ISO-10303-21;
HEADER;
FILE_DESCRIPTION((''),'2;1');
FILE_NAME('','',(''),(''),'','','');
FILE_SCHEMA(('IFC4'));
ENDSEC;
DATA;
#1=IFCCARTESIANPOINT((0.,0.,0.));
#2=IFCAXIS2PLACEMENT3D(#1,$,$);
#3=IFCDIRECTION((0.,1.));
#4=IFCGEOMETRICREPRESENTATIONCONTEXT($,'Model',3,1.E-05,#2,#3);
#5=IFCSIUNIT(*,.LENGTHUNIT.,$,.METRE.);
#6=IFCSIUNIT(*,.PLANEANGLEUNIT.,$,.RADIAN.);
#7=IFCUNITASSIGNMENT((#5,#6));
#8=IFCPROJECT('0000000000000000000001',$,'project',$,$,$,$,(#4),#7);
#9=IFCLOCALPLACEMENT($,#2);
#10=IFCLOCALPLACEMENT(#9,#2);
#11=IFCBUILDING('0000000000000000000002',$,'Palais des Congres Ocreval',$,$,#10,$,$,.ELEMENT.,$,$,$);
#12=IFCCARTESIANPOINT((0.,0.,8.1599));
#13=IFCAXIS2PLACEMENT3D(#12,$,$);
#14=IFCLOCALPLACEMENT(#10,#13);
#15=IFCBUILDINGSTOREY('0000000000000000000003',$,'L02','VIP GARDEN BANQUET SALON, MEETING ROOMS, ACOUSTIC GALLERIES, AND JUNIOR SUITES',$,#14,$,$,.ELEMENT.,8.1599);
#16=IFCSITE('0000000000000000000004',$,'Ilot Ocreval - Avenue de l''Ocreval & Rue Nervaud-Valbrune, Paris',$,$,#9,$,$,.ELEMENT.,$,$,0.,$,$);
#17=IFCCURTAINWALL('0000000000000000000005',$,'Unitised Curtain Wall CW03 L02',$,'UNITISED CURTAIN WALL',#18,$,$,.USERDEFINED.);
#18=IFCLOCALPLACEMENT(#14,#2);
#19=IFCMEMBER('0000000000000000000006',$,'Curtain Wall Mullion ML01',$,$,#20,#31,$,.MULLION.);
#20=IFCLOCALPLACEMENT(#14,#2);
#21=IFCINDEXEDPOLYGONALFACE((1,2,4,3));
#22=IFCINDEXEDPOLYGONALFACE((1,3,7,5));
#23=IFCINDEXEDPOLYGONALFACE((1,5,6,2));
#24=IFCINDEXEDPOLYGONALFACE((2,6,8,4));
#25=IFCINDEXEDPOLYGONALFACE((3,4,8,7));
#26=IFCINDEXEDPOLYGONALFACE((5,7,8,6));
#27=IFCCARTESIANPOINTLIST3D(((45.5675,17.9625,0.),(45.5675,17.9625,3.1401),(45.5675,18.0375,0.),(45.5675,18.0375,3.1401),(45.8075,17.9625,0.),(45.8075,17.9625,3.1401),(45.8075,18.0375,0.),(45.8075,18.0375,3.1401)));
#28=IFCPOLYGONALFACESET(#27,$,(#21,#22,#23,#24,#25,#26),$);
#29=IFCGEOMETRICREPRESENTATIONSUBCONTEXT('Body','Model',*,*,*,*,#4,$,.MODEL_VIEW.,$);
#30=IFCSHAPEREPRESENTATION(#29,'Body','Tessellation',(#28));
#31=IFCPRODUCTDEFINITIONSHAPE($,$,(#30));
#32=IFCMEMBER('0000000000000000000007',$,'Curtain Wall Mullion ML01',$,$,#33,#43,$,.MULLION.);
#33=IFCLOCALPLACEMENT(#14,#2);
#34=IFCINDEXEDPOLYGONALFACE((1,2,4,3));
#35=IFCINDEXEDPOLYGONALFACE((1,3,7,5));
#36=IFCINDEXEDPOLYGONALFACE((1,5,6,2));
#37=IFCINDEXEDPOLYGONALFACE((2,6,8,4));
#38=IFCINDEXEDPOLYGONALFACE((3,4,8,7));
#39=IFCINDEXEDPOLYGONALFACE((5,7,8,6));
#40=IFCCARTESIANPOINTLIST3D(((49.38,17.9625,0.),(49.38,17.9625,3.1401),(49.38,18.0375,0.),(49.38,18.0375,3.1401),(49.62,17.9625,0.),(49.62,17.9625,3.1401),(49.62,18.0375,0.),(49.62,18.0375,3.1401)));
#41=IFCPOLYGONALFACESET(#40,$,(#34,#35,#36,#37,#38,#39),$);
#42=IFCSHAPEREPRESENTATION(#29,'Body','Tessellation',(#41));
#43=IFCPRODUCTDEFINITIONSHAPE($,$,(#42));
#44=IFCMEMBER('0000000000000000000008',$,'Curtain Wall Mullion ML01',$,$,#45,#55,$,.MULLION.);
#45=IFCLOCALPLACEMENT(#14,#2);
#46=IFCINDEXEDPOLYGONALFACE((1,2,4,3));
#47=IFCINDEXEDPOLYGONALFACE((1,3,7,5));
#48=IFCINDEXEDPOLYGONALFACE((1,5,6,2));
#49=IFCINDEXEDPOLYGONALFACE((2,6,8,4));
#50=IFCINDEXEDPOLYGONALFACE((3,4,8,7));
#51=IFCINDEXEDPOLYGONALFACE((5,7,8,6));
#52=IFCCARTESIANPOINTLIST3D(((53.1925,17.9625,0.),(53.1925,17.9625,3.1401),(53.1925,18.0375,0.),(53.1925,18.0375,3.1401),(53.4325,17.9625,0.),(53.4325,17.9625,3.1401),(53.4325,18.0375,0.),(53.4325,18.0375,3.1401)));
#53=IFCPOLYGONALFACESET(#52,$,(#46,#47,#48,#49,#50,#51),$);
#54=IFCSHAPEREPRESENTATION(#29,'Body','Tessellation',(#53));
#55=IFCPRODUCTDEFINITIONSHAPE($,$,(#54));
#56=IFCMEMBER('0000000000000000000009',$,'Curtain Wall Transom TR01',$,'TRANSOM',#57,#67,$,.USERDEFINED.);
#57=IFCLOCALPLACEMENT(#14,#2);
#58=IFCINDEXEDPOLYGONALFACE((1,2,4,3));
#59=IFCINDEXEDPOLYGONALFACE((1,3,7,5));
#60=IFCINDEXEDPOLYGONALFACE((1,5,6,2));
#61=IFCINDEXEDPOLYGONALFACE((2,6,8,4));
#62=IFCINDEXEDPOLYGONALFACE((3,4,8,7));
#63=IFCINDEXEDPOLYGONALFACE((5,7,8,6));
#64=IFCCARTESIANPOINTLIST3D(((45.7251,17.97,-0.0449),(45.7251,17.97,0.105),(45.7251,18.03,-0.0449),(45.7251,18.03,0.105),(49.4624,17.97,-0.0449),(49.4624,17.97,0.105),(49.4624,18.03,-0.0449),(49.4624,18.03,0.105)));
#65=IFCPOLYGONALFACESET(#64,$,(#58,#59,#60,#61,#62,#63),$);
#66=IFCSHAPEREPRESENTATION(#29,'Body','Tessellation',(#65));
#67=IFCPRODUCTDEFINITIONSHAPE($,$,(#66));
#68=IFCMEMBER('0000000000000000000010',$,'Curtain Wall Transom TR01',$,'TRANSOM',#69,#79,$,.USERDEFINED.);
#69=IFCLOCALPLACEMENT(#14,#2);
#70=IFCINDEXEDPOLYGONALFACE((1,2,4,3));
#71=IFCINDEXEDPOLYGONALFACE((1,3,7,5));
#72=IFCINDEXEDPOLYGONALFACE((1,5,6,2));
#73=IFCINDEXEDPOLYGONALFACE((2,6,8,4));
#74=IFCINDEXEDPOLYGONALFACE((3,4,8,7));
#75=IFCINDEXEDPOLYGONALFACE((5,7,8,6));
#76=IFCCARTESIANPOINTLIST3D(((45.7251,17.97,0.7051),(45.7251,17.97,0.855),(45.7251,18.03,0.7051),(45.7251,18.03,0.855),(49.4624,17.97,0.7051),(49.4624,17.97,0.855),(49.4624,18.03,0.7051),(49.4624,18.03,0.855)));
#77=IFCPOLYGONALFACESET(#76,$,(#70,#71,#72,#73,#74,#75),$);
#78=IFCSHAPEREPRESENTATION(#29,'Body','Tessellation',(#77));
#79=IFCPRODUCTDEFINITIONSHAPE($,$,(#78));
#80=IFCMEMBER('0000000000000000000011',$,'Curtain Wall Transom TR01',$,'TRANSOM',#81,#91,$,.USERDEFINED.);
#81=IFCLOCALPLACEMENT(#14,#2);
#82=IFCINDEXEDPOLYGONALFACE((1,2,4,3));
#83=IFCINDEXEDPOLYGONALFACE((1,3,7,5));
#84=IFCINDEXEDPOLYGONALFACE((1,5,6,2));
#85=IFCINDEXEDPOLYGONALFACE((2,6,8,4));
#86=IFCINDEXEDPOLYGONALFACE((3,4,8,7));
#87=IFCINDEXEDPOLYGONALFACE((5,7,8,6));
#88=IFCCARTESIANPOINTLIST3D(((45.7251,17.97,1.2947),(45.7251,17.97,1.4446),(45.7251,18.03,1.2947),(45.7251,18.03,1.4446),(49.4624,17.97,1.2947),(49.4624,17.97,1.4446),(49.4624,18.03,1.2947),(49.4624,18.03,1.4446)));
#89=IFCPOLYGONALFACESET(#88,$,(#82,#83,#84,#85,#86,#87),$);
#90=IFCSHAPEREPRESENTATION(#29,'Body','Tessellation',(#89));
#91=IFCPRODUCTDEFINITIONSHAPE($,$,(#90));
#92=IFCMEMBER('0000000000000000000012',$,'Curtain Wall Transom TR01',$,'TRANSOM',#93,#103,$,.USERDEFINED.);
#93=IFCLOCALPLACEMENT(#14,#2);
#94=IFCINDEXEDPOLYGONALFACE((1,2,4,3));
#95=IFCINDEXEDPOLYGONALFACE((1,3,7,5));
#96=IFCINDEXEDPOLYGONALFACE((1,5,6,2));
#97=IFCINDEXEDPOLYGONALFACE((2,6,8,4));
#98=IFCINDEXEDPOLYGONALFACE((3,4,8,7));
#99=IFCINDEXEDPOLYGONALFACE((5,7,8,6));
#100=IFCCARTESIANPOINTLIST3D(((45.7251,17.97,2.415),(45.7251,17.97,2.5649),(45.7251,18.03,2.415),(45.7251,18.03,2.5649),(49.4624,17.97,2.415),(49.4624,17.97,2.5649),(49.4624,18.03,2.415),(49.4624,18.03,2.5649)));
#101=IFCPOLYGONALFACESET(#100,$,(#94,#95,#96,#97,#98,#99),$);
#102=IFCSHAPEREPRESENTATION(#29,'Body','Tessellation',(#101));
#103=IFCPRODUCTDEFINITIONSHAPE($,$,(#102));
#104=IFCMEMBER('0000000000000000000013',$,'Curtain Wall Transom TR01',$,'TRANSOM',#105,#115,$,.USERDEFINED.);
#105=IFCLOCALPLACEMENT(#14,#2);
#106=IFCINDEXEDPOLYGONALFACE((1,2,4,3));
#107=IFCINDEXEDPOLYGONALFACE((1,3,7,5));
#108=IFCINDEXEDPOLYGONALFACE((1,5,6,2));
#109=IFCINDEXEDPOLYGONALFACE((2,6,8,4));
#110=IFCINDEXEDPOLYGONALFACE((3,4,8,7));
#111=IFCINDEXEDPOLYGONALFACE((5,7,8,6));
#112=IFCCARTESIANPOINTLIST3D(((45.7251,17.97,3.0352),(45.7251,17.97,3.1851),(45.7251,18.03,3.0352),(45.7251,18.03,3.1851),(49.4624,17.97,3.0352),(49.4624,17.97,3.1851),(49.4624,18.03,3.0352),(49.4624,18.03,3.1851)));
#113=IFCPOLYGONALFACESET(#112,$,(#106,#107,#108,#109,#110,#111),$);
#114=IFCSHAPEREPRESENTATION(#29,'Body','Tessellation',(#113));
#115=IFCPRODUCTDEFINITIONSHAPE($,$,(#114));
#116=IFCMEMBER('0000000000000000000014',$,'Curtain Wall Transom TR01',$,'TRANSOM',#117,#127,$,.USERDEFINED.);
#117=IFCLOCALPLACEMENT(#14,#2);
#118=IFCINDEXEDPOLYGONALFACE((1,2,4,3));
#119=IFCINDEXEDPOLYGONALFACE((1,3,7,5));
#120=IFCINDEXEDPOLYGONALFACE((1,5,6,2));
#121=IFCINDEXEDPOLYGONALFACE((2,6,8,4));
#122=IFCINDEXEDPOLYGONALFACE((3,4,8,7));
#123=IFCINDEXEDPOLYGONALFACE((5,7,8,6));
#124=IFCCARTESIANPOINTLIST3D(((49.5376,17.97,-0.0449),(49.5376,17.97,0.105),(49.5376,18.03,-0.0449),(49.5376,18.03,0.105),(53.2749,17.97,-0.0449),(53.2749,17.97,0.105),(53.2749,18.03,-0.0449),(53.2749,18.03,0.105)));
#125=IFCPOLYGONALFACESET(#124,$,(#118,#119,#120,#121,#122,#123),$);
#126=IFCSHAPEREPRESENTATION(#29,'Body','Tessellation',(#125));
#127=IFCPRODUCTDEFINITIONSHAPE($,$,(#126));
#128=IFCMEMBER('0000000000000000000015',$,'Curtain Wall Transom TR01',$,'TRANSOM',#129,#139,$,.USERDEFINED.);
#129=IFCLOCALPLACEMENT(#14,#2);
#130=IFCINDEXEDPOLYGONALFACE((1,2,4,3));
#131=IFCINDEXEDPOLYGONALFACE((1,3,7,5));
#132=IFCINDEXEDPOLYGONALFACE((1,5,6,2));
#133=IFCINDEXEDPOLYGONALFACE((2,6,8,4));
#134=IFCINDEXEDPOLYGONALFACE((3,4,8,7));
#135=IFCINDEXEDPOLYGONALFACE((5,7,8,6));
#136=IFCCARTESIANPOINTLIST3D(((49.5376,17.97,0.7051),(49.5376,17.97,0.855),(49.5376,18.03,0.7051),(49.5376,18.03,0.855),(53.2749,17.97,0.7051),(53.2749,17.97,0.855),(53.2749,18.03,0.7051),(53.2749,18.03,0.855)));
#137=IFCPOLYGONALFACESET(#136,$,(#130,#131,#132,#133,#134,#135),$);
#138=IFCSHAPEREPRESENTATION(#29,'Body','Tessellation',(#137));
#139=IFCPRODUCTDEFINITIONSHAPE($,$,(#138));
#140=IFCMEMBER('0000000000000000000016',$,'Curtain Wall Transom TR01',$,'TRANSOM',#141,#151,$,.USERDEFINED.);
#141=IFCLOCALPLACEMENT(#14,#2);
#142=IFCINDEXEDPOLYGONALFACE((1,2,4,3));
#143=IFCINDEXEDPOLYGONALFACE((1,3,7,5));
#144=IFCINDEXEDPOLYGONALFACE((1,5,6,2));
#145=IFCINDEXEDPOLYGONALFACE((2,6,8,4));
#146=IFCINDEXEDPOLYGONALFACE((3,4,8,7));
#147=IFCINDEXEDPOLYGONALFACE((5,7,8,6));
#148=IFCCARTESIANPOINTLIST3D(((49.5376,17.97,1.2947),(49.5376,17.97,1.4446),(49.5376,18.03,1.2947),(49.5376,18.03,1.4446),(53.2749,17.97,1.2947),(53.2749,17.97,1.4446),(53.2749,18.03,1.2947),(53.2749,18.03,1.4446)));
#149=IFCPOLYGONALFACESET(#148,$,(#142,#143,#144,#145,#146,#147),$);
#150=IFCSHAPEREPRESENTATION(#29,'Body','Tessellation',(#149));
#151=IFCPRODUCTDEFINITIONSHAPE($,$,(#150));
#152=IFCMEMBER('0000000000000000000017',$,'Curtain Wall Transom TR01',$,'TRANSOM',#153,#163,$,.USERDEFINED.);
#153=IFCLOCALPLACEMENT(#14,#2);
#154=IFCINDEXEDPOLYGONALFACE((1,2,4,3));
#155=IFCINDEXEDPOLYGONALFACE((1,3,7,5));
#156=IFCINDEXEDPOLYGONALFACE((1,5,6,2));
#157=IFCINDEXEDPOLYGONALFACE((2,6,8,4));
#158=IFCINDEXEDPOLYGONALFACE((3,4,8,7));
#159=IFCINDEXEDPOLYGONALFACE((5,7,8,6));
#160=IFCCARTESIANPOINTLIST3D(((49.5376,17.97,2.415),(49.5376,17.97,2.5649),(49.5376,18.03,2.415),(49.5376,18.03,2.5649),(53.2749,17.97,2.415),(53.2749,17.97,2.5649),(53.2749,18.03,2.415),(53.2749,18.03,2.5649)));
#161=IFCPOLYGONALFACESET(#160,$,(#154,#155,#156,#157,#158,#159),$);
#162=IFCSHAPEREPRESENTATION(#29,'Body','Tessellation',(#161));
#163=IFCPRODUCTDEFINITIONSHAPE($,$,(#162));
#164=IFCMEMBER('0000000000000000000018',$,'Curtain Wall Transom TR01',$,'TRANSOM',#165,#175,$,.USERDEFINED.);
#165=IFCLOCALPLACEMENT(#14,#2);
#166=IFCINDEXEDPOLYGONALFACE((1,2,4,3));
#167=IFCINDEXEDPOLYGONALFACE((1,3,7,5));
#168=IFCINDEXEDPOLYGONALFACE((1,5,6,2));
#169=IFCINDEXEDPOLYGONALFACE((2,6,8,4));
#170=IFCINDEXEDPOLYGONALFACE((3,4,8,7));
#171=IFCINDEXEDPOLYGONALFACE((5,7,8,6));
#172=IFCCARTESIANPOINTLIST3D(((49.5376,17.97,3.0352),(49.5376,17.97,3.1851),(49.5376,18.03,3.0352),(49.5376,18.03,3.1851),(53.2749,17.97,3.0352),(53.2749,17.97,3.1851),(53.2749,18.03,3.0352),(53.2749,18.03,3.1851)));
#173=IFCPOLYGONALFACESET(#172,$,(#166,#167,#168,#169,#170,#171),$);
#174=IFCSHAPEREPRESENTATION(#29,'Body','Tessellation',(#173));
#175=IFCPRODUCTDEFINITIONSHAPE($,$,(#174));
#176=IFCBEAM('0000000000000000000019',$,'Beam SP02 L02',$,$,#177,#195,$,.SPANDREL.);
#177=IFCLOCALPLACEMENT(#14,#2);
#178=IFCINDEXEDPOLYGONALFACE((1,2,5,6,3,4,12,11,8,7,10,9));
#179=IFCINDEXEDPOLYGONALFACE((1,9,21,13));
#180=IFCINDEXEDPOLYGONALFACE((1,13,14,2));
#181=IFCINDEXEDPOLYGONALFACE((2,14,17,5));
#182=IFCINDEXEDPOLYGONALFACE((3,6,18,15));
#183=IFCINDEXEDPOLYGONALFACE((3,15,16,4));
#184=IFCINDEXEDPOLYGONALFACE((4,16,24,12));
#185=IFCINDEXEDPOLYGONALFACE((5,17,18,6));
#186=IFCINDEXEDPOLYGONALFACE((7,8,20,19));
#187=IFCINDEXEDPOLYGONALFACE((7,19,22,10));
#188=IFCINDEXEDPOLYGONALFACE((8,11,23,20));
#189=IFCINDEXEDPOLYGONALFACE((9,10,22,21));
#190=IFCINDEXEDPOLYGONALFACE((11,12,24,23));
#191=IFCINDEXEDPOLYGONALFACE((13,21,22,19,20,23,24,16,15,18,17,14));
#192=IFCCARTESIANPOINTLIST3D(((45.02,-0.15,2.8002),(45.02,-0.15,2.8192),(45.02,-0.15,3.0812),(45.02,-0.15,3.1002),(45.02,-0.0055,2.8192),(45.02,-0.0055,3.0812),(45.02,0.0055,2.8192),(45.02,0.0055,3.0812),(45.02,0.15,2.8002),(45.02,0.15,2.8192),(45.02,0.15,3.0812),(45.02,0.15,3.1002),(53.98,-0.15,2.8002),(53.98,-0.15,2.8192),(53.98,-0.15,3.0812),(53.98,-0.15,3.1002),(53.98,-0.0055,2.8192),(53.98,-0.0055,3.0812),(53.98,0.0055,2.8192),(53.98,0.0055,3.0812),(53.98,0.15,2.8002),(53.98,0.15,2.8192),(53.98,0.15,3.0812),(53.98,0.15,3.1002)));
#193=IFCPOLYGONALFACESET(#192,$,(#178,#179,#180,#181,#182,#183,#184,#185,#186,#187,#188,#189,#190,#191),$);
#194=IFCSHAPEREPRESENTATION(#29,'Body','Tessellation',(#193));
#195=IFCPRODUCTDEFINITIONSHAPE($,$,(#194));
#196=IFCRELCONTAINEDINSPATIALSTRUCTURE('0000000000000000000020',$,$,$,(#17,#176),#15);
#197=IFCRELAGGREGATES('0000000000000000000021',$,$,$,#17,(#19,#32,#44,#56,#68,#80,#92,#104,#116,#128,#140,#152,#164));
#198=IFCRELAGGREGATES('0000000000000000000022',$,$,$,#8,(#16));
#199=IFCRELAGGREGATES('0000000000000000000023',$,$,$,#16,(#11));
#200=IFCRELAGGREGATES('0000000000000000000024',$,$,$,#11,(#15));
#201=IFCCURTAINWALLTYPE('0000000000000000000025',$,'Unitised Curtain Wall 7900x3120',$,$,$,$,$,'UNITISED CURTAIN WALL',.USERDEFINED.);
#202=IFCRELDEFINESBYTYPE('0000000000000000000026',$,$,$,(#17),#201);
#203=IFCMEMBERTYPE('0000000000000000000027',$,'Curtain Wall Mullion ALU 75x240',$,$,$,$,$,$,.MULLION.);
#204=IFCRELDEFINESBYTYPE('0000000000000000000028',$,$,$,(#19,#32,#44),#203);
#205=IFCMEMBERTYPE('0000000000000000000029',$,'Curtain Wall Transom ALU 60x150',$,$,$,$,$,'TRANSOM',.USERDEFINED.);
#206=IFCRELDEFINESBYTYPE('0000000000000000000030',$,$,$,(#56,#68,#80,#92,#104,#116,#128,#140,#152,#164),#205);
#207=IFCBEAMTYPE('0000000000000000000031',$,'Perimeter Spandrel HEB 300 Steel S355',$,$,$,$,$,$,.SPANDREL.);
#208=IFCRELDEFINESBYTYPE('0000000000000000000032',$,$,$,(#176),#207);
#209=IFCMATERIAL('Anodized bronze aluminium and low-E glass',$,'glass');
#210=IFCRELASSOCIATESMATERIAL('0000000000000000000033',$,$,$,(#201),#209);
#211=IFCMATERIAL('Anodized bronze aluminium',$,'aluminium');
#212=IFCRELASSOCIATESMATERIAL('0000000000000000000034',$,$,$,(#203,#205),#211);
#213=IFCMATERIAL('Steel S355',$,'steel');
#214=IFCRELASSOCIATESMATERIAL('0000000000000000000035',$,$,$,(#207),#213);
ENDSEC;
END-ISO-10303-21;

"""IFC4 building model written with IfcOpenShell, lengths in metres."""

from ifc_helpers import new_model, si_unit, direction, frame, origin, origin_2d, place, context, subcontext, project, spatial, rectangle, i_section, extrude, material, material_profile, profile_set, type_object, element, aggregate, save


model = new_model("IFC4")

# Units and contexts
model_context = context("Model", 3, precision=1e-05, world=origin(), true_north=direction((0.0, 1.0)))
body_context = subcontext(model_context, "Body", "Model", "MODEL_VIEW")
ifc_project = project(units=[si_unit("LENGTHUNIT", "METRE"), si_unit("PLANEANGLEUNIT", "RADIAN")], contexts=[model_context])

# Site, building, storey
site_placement = place(None, origin())
site = spatial("IfcSite", under=ifc_project, at=site_placement, Name="Ilot Ocreval - Avenue de l'Ocreval & Rue Nervaud-Valbrune, Paris", CompositionType="ELEMENT", RefElevation=0.0)
building_placement = place(site_placement, origin())
building = spatial("IfcBuilding", under=site, at=building_placement, Name="Palais des Congres Ocreval", CompositionType="ELEMENT")
storey_placement = place(building_placement, frame((0.0, 0.0, 8.1599)))
storey = spatial("IfcBuildingStorey", under=building, at=storey_placement, Name="L02", Description="VIP GARDEN BANQUET SALON, MEETING ROOMS, ACOUSTIC GALLERIES, AND JUNIOR SUITES", CompositionType="ELEMENT", Elevation=8.1599)

# Curtain wall, members
ifc_material_1 = material(Name="Anodized bronze aluminium and low-E glass", Category="glass")
curtain_wall_type = type_object("IfcCurtainWallType", Name="Unitised Curtain Wall 7900x3120", ElementType="UNITISED CURTAIN WALL", PredefinedType="USERDEFINED", material=ifc_material_1)
curtain_wall_placement = place(storey_placement, origin())
curtain_wall = element("IfcCurtainWall", 1, at=curtain_wall_placement, inside=storey, type_object=curtain_wall_type, Name="Unitised Curtain Wall CW03 L02", ObjectType="UNITISED CURTAIN WALL", PredefinedType="USERDEFINED")
ifc_material_2 = material(Name="Anodized bronze aluminium", Category="aluminium")
ifc_material_profile_1 = material_profile(ifc_material_2, rectangle(XDim=0.075, YDim=0.24, at=origin_2d()), Name="ALU 75x240")
ifc_profile_set_1 = profile_set([ifc_material_profile_1], Name="Anodized bronze aluminium")
member_type_1 = type_object("IfcMemberType", Name="Curtain Wall Mullion ALU 75x240", PredefinedType="MULLION", material=ifc_profile_set_1)
member_1_placement = place(storey_placement, frame((45.6875, 18.0, 0.0), z_axis=(0.0, 0.0, 1.0), x_axis=(0.0, 1.0, 0.0)))
member_1 = element("IfcMember", 2, at=member_1_placement, type_object=member_type_1, Name="Curtain Wall Mullion ML01", PredefinedType="MULLION", context=body_context, shape_type="SweptSolid", body=[
    extrude(rectangle(XDim=0.075, YDim=0.24, at=origin_2d()), origin(), (0.0, 0.0, 1.0), 3.1401),
])
member_2_placement = place(storey_placement, frame((49.5, 18.0, 0.0), z_axis=(0.0, 0.0, 1.0), x_axis=(0.0, 1.0, 0.0)))
member_2 = element("IfcMember", 3, at=member_2_placement, type_object=member_type_1, Name="Curtain Wall Mullion ML01", PredefinedType="MULLION", context=body_context, shape_type="SweptSolid", body=[
    extrude(rectangle(XDim=0.075, YDim=0.24, at=origin_2d()), origin(), (0.0, 0.0, 1.0), 3.1401),
])
member_3_placement = place(storey_placement, frame((53.3125, 18.0, 0.0), z_axis=(0.0, 0.0, 1.0), x_axis=(0.0, 1.0, 0.0)))
member_3 = element("IfcMember", 4, at=member_3_placement, type_object=member_type_1, Name="Curtain Wall Mullion ML01", PredefinedType="MULLION", context=body_context, shape_type="SweptSolid", body=[
    extrude(rectangle(XDim=0.075, YDim=0.24, at=origin_2d()), origin(), (0.0, 0.0, 1.0), 3.1401),
])
ifc_material_profile_2 = material_profile(ifc_material_2, rectangle(XDim=0.0601, YDim=0.1499, at=origin_2d()), Name="ALU 60x150")
ifc_profile_set_2 = profile_set([ifc_material_profile_2], Name="Anodized bronze aluminium")
member_type_2 = type_object("IfcMemberType", Name="Curtain Wall Transom ALU 60x150", ElementType="TRANSOM", PredefinedType="USERDEFINED", material=ifc_profile_set_2)
member_4_placement = place(storey_placement, frame((45.7251, 18.0, 0.03), z_axis=(1.0, 0.0, 0.0), x_axis=(0.0, 1.0, 0.0)))
member_4 = element("IfcMember", 5, at=member_4_placement, type_object=member_type_2, Name="Curtain Wall Transom TR01", ObjectType="TRANSOM", PredefinedType="USERDEFINED", context=body_context, shape_type="SweptSolid", body=[
    extrude(rectangle(XDim=0.0601, YDim=0.1499, at=origin_2d()), origin(), (0.0, 0.0, 1.0), 3.7373),
])
member_5_placement = place(storey_placement, frame((45.7251, 18.0, 0.78), z_axis=(1.0, 0.0, 0.0), x_axis=(0.0, 1.0, 0.0)))
member_5 = element("IfcMember", 6, at=member_5_placement, type_object=member_type_2, Name="Curtain Wall Transom TR01", ObjectType="TRANSOM", PredefinedType="USERDEFINED", context=body_context, shape_type="SweptSolid", body=[
    extrude(rectangle(XDim=0.0601, YDim=0.1499, at=origin_2d()), origin(), (0.0, 0.0, 1.0), 3.7373),
])
member_6_placement = place(storey_placement, frame((45.7251, 18.0, 1.3696), z_axis=(1.0, 0.0, 0.0), x_axis=(0.0, 1.0, 0.0)))
member_6 = element("IfcMember", 7, at=member_6_placement, type_object=member_type_2, Name="Curtain Wall Transom TR01", ObjectType="TRANSOM", PredefinedType="USERDEFINED", context=body_context, shape_type="SweptSolid", body=[
    extrude(rectangle(XDim=0.0601, YDim=0.1499, at=origin_2d()), origin(), (0.0, 0.0, 1.0), 3.7373),
])
member_7_placement = place(storey_placement, frame((45.7251, 18.0, 2.49), z_axis=(1.0, 0.0, 0.0), x_axis=(0.0, 1.0, 0.0)))
member_7 = element("IfcMember", 8, at=member_7_placement, type_object=member_type_2, Name="Curtain Wall Transom TR01", ObjectType="TRANSOM", PredefinedType="USERDEFINED", context=body_context, shape_type="SweptSolid", body=[
    extrude(rectangle(XDim=0.0601, YDim=0.1499, at=origin_2d()), origin(), (0.0, 0.0, 1.0), 3.7373),
])
member_8_placement = place(storey_placement, frame((45.7251, 18.0, 3.1101), z_axis=(1.0, 0.0, 0.0), x_axis=(0.0, 1.0, 0.0)))
member_8 = element("IfcMember", 9, at=member_8_placement, type_object=member_type_2, Name="Curtain Wall Transom TR01", ObjectType="TRANSOM", PredefinedType="USERDEFINED", context=body_context, shape_type="SweptSolid", body=[
    extrude(rectangle(XDim=0.0601, YDim=0.1499, at=origin_2d()), origin(), (0.0, 0.0, 1.0), 3.7373),
])
member_9_placement = place(storey_placement, frame((49.5376, 18.0, 0.03), z_axis=(1.0, 0.0, 0.0), x_axis=(0.0, 1.0, 0.0)))
member_9 = element("IfcMember", 10, at=member_9_placement, type_object=member_type_2, Name="Curtain Wall Transom TR01", ObjectType="TRANSOM", PredefinedType="USERDEFINED", context=body_context, shape_type="SweptSolid", body=[
    extrude(rectangle(XDim=0.0601, YDim=0.1499, at=origin_2d()), origin(), (0.0, 0.0, 1.0), 3.7373),
])
member_10_placement = place(storey_placement, frame((49.5376, 18.0, 0.78), z_axis=(1.0, 0.0, 0.0), x_axis=(0.0, 1.0, 0.0)))
member_10 = element("IfcMember", 11, at=member_10_placement, type_object=member_type_2, Name="Curtain Wall Transom TR01", ObjectType="TRANSOM", PredefinedType="USERDEFINED", context=body_context, shape_type="SweptSolid", body=[
    extrude(rectangle(XDim=0.0601, YDim=0.1499, at=origin_2d()), origin(), (0.0, 0.0, 1.0), 3.7373),
])
member_11_placement = place(storey_placement, frame((49.5376, 18.0, 1.3696), z_axis=(1.0, 0.0, 0.0), x_axis=(0.0, 1.0, 0.0)))
member_11 = element("IfcMember", 12, at=member_11_placement, type_object=member_type_2, Name="Curtain Wall Transom TR01", ObjectType="TRANSOM", PredefinedType="USERDEFINED", context=body_context, shape_type="SweptSolid", body=[
    extrude(rectangle(XDim=0.0601, YDim=0.1499, at=origin_2d()), origin(), (0.0, 0.0, 1.0), 3.7373),
])
member_12_placement = place(storey_placement, frame((49.5376, 18.0, 2.49), z_axis=(1.0, 0.0, 0.0), x_axis=(0.0, 1.0, 0.0)))
member_12 = element("IfcMember", 13, at=member_12_placement, type_object=member_type_2, Name="Curtain Wall Transom TR01", ObjectType="TRANSOM", PredefinedType="USERDEFINED", context=body_context, shape_type="SweptSolid", body=[
    extrude(rectangle(XDim=0.0601, YDim=0.1499, at=origin_2d()), origin(), (0.0, 0.0, 1.0), 3.7373),
])
member_13_placement = place(storey_placement, frame((49.5376, 18.0, 3.1101), z_axis=(1.0, 0.0, 0.0), x_axis=(0.0, 1.0, 0.0)))
member_13 = element("IfcMember", 14, at=member_13_placement, type_object=member_type_2, Name="Curtain Wall Transom TR01", ObjectType="TRANSOM", PredefinedType="USERDEFINED", context=body_context, shape_type="SweptSolid", body=[
    extrude(rectangle(XDim=0.0601, YDim=0.1499, at=origin_2d()), origin(), (0.0, 0.0, 1.0), 3.7373),
])

# Beam
ifc_material_3 = material(Name="Steel S355", Category="steel")
ifc_material_profile_3 = material_profile(ifc_material_3, i_section(OverallWidth=0.3, OverallDepth=0.3, WebThickness=0.011, FlangeThickness=0.019, at=origin_2d()), Name="HEB 300")
ifc_profile_set_3 = profile_set([ifc_material_profile_3], Name="Steel S355")
beam_type_1 = type_object("IfcBeamType", Name="Perimeter Spandrel HEB 300 Steel S355", PredefinedType="SPANDREL", material=ifc_profile_set_3)
for number, where, z_axis, x_axis, name in (
    (15, (45.02, 0.0, 2.9502), (1.0, 0.0, 0.0), (0.0, 1.0, 0.0), "Beam SP02 L02"),
):
    element("IfcBeam", number, at=place(storey_placement, frame(where, z_axis=z_axis, x_axis=x_axis)), inside=storey, type_object=beam_type_1, Name=name, PredefinedType="SPANDREL", context=body_context, shape_type="SweptSolid", body=[
        extrude(i_section(OverallWidth=0.3, OverallDepth=0.3, WebThickness=0.011, FlangeThickness=0.019, at=origin_2d()), origin(), (0.0, 0.0, 1.0), 8.96),
    ])

aggregate(curtain_wall, [member_1, member_2, member_3, member_4, member_5, member_6, member_7, member_8, member_9, member_10, member_11, member_12, member_13])

save(model, "model.ifc")
